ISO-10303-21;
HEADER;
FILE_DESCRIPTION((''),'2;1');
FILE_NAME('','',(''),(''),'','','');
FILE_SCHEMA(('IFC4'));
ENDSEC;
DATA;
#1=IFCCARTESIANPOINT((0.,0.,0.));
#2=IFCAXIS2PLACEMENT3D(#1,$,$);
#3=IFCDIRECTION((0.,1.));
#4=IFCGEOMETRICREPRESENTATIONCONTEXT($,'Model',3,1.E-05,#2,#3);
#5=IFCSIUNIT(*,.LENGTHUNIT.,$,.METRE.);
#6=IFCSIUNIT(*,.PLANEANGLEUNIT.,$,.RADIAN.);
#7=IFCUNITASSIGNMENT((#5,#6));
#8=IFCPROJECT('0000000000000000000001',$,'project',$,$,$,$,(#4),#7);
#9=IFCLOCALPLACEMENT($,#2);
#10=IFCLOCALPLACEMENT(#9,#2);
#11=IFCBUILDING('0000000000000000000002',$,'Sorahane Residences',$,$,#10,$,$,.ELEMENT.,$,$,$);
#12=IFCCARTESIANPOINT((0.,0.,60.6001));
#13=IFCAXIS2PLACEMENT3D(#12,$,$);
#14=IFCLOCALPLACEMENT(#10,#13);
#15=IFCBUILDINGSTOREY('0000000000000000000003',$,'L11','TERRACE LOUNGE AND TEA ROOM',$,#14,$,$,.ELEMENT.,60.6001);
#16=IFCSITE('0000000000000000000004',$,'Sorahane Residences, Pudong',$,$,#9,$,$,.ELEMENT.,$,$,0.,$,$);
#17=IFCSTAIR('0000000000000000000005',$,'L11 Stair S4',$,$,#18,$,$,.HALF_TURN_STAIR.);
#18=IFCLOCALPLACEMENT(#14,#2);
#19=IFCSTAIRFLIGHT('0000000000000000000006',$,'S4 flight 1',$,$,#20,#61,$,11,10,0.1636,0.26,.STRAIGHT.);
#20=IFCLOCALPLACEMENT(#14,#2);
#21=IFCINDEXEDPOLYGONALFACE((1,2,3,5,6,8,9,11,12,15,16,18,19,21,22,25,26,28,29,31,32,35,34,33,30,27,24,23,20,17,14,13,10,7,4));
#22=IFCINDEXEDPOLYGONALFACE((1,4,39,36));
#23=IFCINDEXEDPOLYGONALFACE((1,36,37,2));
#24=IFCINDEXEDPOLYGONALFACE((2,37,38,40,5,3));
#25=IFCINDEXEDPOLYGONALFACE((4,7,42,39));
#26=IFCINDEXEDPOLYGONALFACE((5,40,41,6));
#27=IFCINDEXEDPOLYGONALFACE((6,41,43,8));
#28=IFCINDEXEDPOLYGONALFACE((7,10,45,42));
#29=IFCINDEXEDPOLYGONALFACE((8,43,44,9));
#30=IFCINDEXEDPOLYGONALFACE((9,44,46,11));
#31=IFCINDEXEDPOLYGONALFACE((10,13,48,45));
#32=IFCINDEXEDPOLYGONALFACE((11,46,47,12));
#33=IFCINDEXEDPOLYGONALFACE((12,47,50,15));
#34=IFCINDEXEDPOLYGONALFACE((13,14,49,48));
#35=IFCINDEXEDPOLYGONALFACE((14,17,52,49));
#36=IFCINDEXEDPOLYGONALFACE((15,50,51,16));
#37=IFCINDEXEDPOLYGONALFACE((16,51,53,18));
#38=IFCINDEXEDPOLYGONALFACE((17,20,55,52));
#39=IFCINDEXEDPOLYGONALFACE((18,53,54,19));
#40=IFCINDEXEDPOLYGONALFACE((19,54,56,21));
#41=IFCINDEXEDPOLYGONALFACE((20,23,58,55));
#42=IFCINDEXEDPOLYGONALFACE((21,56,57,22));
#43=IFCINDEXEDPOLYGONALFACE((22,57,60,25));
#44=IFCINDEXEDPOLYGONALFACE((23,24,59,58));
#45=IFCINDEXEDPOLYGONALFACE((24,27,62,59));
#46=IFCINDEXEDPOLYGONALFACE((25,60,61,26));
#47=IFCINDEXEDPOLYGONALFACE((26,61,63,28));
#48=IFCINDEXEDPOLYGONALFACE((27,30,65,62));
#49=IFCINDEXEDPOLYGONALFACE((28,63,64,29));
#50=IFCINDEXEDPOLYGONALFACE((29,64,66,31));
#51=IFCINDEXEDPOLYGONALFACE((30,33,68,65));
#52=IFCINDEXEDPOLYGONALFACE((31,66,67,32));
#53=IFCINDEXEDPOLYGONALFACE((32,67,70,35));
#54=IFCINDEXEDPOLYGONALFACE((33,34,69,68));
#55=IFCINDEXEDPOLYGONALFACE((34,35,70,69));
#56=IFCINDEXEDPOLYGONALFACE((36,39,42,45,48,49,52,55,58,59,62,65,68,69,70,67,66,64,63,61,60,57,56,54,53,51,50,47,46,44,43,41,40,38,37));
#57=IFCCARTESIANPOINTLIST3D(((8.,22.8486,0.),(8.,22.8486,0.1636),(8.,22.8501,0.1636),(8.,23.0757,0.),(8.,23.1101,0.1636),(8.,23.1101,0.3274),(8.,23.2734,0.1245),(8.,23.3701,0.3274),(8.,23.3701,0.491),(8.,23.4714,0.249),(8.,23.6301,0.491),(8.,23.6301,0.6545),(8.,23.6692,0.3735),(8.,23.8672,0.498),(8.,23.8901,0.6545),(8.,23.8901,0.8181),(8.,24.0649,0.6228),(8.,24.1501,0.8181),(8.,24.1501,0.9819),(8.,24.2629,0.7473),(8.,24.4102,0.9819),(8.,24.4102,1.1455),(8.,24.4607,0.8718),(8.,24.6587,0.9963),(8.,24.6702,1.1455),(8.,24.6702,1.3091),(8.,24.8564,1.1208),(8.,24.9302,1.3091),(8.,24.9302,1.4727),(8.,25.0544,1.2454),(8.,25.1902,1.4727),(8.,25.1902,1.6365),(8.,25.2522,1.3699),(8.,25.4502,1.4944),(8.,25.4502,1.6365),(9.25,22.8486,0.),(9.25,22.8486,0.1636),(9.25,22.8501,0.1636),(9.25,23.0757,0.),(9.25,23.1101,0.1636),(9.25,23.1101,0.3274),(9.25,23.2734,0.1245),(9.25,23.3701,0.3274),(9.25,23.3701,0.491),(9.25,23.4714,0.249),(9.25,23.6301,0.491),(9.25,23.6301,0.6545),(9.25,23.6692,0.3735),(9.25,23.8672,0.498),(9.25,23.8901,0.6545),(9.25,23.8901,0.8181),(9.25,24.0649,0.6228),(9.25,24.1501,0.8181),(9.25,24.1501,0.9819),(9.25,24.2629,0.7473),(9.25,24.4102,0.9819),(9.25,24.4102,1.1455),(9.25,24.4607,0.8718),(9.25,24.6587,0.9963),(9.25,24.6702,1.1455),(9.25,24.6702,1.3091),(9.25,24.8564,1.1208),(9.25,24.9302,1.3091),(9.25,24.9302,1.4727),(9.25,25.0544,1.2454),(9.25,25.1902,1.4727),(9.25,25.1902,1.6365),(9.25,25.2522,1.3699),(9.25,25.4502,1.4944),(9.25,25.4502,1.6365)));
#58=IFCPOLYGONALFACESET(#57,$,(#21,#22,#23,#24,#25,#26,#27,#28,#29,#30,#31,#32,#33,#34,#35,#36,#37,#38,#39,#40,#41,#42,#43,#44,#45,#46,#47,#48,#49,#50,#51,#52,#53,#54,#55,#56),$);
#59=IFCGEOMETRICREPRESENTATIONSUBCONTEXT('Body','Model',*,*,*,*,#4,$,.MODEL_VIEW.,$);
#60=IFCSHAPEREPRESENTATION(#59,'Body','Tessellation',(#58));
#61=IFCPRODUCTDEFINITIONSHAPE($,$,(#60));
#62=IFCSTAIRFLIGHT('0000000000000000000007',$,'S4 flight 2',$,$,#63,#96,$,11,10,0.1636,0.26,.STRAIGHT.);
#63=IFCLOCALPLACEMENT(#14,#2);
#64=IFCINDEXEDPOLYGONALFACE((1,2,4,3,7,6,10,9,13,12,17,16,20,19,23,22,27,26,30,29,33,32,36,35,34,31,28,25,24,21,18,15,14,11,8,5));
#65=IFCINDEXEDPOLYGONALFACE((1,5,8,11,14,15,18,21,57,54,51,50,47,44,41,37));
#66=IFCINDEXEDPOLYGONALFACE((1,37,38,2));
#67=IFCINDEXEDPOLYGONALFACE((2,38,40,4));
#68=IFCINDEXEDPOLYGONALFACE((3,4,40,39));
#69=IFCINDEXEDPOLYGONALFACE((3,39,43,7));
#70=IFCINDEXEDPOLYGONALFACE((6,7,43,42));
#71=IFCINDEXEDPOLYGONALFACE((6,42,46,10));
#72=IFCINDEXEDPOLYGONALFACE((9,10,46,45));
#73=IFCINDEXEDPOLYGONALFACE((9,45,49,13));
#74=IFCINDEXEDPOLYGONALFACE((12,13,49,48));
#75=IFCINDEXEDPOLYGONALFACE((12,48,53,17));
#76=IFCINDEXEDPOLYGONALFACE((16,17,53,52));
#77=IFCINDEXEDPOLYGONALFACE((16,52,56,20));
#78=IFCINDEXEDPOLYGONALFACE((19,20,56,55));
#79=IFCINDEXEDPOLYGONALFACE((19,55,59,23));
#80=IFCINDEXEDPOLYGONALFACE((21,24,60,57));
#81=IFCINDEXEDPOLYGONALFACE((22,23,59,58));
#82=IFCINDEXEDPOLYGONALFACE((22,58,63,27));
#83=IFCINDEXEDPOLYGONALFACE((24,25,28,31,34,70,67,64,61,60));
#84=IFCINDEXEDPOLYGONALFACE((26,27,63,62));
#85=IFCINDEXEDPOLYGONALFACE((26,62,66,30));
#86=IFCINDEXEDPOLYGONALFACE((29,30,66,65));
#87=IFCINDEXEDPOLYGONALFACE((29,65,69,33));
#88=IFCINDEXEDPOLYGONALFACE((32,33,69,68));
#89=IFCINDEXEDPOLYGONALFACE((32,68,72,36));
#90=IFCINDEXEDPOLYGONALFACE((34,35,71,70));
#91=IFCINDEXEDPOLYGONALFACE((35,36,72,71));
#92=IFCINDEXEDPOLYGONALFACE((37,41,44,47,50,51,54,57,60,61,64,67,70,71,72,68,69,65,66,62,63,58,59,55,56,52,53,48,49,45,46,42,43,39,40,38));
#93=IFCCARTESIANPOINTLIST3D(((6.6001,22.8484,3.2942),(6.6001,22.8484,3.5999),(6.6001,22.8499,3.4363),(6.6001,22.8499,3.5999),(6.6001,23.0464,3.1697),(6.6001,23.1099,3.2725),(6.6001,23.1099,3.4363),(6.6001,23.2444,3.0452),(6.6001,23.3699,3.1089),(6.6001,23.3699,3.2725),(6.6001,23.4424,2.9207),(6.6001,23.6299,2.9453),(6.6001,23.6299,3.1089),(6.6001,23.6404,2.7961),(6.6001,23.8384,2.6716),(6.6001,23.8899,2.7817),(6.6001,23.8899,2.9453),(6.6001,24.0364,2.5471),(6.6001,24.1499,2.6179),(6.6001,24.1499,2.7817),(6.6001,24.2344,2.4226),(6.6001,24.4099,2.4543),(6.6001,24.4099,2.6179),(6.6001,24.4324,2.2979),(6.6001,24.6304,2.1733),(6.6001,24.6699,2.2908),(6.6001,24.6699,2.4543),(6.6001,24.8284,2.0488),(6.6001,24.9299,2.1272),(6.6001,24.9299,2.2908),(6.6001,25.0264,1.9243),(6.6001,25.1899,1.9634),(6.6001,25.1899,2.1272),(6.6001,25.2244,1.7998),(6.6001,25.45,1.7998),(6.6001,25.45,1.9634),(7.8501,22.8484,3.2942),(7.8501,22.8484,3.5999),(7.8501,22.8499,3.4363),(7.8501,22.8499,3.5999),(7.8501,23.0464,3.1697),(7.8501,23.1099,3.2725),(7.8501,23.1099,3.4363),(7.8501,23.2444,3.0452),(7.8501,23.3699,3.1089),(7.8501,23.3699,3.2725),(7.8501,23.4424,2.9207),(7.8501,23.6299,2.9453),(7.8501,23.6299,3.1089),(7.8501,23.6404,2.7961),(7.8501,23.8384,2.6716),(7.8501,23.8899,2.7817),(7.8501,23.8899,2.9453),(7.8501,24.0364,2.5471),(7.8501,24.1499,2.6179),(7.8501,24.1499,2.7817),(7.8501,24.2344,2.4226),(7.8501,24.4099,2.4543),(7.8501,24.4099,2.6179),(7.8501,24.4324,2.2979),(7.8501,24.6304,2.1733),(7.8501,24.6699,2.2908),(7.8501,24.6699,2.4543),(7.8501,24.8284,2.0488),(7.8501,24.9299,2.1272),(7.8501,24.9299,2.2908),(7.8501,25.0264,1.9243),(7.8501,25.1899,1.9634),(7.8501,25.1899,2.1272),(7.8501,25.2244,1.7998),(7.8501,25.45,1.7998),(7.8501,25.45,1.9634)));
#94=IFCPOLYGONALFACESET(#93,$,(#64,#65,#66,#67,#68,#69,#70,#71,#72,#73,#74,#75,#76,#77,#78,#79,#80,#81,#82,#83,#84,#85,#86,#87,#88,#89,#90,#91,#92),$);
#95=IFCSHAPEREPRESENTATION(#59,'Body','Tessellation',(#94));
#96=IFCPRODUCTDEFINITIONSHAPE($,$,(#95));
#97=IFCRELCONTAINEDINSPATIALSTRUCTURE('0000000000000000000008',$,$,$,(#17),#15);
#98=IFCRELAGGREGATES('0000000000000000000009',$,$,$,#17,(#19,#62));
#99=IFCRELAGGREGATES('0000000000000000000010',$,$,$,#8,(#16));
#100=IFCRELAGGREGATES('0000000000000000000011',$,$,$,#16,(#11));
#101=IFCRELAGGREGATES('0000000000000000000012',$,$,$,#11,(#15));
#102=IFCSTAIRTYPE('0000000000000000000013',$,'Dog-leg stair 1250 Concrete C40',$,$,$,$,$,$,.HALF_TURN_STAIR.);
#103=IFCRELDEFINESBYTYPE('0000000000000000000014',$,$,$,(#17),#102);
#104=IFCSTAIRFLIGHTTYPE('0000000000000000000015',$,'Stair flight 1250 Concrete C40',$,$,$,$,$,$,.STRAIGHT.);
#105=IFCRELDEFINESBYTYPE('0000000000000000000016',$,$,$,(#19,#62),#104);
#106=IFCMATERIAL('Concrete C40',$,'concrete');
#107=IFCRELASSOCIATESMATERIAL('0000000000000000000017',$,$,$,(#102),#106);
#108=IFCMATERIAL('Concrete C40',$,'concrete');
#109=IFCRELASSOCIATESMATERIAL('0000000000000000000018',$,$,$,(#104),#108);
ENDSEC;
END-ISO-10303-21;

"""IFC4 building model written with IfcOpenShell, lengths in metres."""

from ifc_helpers import new_model, si_unit, direction, frame, origin, place, context, subcontext, project, spatial, polyline, outline, extrude, material, type_object, element, aggregate, save


model = new_model("IFC4")

# Units and contexts
model_context = context("Model", 3, precision=1e-05, world=origin(), true_north=direction((0.0, 1.0)))
body_context = subcontext(model_context, "Body", "Model", "MODEL_VIEW")
ifc_project = project(units=[si_unit("LENGTHUNIT", "METRE"), si_unit("PLANEANGLEUNIT", "RADIAN")], contexts=[model_context])

# Site, building, storey
site_placement = place(None, origin())
site = spatial("IfcSite", under=ifc_project, at=site_placement, Name="Sorahane Residences, Pudong", CompositionType="ELEMENT", RefElevation=0.0)
building_placement = place(site_placement, origin())
building = spatial("IfcBuilding", under=site, at=building_placement, Name="Sorahane Residences", CompositionType="ELEMENT")
storey_placement = place(building_placement, frame((0.0, 0.0, 60.6001)))
storey = spatial("IfcBuildingStorey", under=building, at=storey_placement, Name="L11", Description="TERRACE LOUNGE AND TEA ROOM", CompositionType="ELEMENT", Elevation=60.6001)

# Stair, stair flights
ifc_material_1 = material(Name="Concrete C40", Category="concrete")
stair_type = type_object("IfcStairType", Name="Dog-leg stair 1250 Concrete C40", PredefinedType="HALF_TURN_STAIR", material=ifc_material_1)
stair_placement = place(storey_placement, origin())
stair = element("IfcStair", 1, at=stair_placement, inside=storey, type_object=stair_type, Name="L11 Stair S4", PredefinedType="HALF_TURN_STAIR")
ifc_material_2 = material(Name="Concrete C40", Category="concrete")
stair_flight_type = type_object("IfcStairFlightType", Name="Stair flight 1250 Concrete C40", PredefinedType="STRAIGHT", material=ifc_material_2)
stair_flight_1_placement = place(storey_placement, frame((8.625, 22.8501, 0.0), z_axis=(0.0, 0.0, 1.0), x_axis=(0.0, 1.0, 0.0)))
stair_flight_1 = element("IfcStairFlight", 2, at=stair_flight_1_placement, type_object=stair_flight_type, Name="S4 flight 1", NumberOfRisers=11, NumberOfTreads=10, PredefinedType="STRAIGHT", RiserHeight=0.1636, TreadLength=0.26, context=body_context, shape_type="SweptSolid", body=[
    extrude(outline(polyline([(-0.0015, 0.0), (-0.0015, 0.1636), (0.0, 0.1636), (0.26, 0.1636), (0.26, 0.3274), (0.52, 0.3274), (0.52, 0.491), (0.78, 0.491), (0.78, 0.6545), (1.04, 0.6545), (1.04, 0.8181), (1.3, 0.8181), (1.3, 0.9819), (1.5601, 0.9819), (1.5601, 1.1455), (1.8201, 1.1455), (1.8201, 1.3091), (2.0801, 1.3091), (2.0801, 1.4727), (2.3401, 1.4727), (2.3401, 1.6365), (2.6001, 1.6365), (2.6001, 1.8), (2.6001, 1.4944), (2.4021, 1.3699), (2.2043, 1.2454), (2.0063, 1.1208), (1.8086, 0.9963), (1.6106, 0.8718), (1.4128, 0.7473), (1.2148, 0.6228), (1.0171, 0.498), (0.8191, 0.3735), (0.6213, 0.249), (0.4233, 0.1245), (0.2256, 0.0), (-0.0015, 0.0)])), frame((0.0, 0.625, 0.0), z_axis=(0.0, -1.0, 0.0), x_axis=(1.0, 0.0, 0.0)), (0.0, 0.0, 1.0), 1.25),
])
stair_flight_2_placement = place(storey_placement, frame((7.2251, 25.45, 1.7998), z_axis=(0.0, 0.0, 1.0), x_axis=(0.0, -1.0, 0.0)))
stair_flight_2 = element("IfcStairFlight", 3, at=stair_flight_2_placement, type_object=stair_flight_type, Name="S4 flight 2", NumberOfRisers=11, NumberOfTreads=10, PredefinedType="STRAIGHT", RiserHeight=0.1636, TreadLength=0.26, context=body_context, shape_type="SweptSolid", body=[
    extrude(outline(polyline([(0.0, 0.0), (0.0, 0.1636), (0.26, 0.1636), (0.26, 0.3274), (0.52, 0.3274), (0.52, 0.491), (0.78, 0.491), (0.78, 0.6545), (1.04, 0.6545), (1.04, 0.8181), (1.3, 0.8181), (1.3, 0.9819), (1.5601, 0.9819), (1.5601, 1.1455), (1.8201, 1.1455), (1.8201, 1.3091), (2.0801, 1.3091), (2.0801, 1.4727), (2.3401, 1.4727), (2.3401, 1.6365), (2.6001, 1.6365), (2.6001, 1.8), (2.6016, 1.8), (2.6016, 1.4944), (2.4036, 1.3699), (2.2056, 1.2454), (2.0076, 1.1208), (1.8096, 0.9963), (1.6116, 0.8718), (1.4136, 0.7473), (1.2156, 0.6228), (1.0176, 0.498), (0.8196, 0.3735), (0.6216, 0.249), (0.4236, 0.1245), (0.2256, 0.0), (0.0, 0.0)])), frame((0.0, 0.625, 0.0), z_axis=(0.0, -1.0, 0.0), x_axis=(1.0, 0.0, 0.0)), (0.0, 0.0, 1.0), 1.25),
])
aggregate(stair, [stair_flight_1, stair_flight_2])

save(model, "model.ifc")
